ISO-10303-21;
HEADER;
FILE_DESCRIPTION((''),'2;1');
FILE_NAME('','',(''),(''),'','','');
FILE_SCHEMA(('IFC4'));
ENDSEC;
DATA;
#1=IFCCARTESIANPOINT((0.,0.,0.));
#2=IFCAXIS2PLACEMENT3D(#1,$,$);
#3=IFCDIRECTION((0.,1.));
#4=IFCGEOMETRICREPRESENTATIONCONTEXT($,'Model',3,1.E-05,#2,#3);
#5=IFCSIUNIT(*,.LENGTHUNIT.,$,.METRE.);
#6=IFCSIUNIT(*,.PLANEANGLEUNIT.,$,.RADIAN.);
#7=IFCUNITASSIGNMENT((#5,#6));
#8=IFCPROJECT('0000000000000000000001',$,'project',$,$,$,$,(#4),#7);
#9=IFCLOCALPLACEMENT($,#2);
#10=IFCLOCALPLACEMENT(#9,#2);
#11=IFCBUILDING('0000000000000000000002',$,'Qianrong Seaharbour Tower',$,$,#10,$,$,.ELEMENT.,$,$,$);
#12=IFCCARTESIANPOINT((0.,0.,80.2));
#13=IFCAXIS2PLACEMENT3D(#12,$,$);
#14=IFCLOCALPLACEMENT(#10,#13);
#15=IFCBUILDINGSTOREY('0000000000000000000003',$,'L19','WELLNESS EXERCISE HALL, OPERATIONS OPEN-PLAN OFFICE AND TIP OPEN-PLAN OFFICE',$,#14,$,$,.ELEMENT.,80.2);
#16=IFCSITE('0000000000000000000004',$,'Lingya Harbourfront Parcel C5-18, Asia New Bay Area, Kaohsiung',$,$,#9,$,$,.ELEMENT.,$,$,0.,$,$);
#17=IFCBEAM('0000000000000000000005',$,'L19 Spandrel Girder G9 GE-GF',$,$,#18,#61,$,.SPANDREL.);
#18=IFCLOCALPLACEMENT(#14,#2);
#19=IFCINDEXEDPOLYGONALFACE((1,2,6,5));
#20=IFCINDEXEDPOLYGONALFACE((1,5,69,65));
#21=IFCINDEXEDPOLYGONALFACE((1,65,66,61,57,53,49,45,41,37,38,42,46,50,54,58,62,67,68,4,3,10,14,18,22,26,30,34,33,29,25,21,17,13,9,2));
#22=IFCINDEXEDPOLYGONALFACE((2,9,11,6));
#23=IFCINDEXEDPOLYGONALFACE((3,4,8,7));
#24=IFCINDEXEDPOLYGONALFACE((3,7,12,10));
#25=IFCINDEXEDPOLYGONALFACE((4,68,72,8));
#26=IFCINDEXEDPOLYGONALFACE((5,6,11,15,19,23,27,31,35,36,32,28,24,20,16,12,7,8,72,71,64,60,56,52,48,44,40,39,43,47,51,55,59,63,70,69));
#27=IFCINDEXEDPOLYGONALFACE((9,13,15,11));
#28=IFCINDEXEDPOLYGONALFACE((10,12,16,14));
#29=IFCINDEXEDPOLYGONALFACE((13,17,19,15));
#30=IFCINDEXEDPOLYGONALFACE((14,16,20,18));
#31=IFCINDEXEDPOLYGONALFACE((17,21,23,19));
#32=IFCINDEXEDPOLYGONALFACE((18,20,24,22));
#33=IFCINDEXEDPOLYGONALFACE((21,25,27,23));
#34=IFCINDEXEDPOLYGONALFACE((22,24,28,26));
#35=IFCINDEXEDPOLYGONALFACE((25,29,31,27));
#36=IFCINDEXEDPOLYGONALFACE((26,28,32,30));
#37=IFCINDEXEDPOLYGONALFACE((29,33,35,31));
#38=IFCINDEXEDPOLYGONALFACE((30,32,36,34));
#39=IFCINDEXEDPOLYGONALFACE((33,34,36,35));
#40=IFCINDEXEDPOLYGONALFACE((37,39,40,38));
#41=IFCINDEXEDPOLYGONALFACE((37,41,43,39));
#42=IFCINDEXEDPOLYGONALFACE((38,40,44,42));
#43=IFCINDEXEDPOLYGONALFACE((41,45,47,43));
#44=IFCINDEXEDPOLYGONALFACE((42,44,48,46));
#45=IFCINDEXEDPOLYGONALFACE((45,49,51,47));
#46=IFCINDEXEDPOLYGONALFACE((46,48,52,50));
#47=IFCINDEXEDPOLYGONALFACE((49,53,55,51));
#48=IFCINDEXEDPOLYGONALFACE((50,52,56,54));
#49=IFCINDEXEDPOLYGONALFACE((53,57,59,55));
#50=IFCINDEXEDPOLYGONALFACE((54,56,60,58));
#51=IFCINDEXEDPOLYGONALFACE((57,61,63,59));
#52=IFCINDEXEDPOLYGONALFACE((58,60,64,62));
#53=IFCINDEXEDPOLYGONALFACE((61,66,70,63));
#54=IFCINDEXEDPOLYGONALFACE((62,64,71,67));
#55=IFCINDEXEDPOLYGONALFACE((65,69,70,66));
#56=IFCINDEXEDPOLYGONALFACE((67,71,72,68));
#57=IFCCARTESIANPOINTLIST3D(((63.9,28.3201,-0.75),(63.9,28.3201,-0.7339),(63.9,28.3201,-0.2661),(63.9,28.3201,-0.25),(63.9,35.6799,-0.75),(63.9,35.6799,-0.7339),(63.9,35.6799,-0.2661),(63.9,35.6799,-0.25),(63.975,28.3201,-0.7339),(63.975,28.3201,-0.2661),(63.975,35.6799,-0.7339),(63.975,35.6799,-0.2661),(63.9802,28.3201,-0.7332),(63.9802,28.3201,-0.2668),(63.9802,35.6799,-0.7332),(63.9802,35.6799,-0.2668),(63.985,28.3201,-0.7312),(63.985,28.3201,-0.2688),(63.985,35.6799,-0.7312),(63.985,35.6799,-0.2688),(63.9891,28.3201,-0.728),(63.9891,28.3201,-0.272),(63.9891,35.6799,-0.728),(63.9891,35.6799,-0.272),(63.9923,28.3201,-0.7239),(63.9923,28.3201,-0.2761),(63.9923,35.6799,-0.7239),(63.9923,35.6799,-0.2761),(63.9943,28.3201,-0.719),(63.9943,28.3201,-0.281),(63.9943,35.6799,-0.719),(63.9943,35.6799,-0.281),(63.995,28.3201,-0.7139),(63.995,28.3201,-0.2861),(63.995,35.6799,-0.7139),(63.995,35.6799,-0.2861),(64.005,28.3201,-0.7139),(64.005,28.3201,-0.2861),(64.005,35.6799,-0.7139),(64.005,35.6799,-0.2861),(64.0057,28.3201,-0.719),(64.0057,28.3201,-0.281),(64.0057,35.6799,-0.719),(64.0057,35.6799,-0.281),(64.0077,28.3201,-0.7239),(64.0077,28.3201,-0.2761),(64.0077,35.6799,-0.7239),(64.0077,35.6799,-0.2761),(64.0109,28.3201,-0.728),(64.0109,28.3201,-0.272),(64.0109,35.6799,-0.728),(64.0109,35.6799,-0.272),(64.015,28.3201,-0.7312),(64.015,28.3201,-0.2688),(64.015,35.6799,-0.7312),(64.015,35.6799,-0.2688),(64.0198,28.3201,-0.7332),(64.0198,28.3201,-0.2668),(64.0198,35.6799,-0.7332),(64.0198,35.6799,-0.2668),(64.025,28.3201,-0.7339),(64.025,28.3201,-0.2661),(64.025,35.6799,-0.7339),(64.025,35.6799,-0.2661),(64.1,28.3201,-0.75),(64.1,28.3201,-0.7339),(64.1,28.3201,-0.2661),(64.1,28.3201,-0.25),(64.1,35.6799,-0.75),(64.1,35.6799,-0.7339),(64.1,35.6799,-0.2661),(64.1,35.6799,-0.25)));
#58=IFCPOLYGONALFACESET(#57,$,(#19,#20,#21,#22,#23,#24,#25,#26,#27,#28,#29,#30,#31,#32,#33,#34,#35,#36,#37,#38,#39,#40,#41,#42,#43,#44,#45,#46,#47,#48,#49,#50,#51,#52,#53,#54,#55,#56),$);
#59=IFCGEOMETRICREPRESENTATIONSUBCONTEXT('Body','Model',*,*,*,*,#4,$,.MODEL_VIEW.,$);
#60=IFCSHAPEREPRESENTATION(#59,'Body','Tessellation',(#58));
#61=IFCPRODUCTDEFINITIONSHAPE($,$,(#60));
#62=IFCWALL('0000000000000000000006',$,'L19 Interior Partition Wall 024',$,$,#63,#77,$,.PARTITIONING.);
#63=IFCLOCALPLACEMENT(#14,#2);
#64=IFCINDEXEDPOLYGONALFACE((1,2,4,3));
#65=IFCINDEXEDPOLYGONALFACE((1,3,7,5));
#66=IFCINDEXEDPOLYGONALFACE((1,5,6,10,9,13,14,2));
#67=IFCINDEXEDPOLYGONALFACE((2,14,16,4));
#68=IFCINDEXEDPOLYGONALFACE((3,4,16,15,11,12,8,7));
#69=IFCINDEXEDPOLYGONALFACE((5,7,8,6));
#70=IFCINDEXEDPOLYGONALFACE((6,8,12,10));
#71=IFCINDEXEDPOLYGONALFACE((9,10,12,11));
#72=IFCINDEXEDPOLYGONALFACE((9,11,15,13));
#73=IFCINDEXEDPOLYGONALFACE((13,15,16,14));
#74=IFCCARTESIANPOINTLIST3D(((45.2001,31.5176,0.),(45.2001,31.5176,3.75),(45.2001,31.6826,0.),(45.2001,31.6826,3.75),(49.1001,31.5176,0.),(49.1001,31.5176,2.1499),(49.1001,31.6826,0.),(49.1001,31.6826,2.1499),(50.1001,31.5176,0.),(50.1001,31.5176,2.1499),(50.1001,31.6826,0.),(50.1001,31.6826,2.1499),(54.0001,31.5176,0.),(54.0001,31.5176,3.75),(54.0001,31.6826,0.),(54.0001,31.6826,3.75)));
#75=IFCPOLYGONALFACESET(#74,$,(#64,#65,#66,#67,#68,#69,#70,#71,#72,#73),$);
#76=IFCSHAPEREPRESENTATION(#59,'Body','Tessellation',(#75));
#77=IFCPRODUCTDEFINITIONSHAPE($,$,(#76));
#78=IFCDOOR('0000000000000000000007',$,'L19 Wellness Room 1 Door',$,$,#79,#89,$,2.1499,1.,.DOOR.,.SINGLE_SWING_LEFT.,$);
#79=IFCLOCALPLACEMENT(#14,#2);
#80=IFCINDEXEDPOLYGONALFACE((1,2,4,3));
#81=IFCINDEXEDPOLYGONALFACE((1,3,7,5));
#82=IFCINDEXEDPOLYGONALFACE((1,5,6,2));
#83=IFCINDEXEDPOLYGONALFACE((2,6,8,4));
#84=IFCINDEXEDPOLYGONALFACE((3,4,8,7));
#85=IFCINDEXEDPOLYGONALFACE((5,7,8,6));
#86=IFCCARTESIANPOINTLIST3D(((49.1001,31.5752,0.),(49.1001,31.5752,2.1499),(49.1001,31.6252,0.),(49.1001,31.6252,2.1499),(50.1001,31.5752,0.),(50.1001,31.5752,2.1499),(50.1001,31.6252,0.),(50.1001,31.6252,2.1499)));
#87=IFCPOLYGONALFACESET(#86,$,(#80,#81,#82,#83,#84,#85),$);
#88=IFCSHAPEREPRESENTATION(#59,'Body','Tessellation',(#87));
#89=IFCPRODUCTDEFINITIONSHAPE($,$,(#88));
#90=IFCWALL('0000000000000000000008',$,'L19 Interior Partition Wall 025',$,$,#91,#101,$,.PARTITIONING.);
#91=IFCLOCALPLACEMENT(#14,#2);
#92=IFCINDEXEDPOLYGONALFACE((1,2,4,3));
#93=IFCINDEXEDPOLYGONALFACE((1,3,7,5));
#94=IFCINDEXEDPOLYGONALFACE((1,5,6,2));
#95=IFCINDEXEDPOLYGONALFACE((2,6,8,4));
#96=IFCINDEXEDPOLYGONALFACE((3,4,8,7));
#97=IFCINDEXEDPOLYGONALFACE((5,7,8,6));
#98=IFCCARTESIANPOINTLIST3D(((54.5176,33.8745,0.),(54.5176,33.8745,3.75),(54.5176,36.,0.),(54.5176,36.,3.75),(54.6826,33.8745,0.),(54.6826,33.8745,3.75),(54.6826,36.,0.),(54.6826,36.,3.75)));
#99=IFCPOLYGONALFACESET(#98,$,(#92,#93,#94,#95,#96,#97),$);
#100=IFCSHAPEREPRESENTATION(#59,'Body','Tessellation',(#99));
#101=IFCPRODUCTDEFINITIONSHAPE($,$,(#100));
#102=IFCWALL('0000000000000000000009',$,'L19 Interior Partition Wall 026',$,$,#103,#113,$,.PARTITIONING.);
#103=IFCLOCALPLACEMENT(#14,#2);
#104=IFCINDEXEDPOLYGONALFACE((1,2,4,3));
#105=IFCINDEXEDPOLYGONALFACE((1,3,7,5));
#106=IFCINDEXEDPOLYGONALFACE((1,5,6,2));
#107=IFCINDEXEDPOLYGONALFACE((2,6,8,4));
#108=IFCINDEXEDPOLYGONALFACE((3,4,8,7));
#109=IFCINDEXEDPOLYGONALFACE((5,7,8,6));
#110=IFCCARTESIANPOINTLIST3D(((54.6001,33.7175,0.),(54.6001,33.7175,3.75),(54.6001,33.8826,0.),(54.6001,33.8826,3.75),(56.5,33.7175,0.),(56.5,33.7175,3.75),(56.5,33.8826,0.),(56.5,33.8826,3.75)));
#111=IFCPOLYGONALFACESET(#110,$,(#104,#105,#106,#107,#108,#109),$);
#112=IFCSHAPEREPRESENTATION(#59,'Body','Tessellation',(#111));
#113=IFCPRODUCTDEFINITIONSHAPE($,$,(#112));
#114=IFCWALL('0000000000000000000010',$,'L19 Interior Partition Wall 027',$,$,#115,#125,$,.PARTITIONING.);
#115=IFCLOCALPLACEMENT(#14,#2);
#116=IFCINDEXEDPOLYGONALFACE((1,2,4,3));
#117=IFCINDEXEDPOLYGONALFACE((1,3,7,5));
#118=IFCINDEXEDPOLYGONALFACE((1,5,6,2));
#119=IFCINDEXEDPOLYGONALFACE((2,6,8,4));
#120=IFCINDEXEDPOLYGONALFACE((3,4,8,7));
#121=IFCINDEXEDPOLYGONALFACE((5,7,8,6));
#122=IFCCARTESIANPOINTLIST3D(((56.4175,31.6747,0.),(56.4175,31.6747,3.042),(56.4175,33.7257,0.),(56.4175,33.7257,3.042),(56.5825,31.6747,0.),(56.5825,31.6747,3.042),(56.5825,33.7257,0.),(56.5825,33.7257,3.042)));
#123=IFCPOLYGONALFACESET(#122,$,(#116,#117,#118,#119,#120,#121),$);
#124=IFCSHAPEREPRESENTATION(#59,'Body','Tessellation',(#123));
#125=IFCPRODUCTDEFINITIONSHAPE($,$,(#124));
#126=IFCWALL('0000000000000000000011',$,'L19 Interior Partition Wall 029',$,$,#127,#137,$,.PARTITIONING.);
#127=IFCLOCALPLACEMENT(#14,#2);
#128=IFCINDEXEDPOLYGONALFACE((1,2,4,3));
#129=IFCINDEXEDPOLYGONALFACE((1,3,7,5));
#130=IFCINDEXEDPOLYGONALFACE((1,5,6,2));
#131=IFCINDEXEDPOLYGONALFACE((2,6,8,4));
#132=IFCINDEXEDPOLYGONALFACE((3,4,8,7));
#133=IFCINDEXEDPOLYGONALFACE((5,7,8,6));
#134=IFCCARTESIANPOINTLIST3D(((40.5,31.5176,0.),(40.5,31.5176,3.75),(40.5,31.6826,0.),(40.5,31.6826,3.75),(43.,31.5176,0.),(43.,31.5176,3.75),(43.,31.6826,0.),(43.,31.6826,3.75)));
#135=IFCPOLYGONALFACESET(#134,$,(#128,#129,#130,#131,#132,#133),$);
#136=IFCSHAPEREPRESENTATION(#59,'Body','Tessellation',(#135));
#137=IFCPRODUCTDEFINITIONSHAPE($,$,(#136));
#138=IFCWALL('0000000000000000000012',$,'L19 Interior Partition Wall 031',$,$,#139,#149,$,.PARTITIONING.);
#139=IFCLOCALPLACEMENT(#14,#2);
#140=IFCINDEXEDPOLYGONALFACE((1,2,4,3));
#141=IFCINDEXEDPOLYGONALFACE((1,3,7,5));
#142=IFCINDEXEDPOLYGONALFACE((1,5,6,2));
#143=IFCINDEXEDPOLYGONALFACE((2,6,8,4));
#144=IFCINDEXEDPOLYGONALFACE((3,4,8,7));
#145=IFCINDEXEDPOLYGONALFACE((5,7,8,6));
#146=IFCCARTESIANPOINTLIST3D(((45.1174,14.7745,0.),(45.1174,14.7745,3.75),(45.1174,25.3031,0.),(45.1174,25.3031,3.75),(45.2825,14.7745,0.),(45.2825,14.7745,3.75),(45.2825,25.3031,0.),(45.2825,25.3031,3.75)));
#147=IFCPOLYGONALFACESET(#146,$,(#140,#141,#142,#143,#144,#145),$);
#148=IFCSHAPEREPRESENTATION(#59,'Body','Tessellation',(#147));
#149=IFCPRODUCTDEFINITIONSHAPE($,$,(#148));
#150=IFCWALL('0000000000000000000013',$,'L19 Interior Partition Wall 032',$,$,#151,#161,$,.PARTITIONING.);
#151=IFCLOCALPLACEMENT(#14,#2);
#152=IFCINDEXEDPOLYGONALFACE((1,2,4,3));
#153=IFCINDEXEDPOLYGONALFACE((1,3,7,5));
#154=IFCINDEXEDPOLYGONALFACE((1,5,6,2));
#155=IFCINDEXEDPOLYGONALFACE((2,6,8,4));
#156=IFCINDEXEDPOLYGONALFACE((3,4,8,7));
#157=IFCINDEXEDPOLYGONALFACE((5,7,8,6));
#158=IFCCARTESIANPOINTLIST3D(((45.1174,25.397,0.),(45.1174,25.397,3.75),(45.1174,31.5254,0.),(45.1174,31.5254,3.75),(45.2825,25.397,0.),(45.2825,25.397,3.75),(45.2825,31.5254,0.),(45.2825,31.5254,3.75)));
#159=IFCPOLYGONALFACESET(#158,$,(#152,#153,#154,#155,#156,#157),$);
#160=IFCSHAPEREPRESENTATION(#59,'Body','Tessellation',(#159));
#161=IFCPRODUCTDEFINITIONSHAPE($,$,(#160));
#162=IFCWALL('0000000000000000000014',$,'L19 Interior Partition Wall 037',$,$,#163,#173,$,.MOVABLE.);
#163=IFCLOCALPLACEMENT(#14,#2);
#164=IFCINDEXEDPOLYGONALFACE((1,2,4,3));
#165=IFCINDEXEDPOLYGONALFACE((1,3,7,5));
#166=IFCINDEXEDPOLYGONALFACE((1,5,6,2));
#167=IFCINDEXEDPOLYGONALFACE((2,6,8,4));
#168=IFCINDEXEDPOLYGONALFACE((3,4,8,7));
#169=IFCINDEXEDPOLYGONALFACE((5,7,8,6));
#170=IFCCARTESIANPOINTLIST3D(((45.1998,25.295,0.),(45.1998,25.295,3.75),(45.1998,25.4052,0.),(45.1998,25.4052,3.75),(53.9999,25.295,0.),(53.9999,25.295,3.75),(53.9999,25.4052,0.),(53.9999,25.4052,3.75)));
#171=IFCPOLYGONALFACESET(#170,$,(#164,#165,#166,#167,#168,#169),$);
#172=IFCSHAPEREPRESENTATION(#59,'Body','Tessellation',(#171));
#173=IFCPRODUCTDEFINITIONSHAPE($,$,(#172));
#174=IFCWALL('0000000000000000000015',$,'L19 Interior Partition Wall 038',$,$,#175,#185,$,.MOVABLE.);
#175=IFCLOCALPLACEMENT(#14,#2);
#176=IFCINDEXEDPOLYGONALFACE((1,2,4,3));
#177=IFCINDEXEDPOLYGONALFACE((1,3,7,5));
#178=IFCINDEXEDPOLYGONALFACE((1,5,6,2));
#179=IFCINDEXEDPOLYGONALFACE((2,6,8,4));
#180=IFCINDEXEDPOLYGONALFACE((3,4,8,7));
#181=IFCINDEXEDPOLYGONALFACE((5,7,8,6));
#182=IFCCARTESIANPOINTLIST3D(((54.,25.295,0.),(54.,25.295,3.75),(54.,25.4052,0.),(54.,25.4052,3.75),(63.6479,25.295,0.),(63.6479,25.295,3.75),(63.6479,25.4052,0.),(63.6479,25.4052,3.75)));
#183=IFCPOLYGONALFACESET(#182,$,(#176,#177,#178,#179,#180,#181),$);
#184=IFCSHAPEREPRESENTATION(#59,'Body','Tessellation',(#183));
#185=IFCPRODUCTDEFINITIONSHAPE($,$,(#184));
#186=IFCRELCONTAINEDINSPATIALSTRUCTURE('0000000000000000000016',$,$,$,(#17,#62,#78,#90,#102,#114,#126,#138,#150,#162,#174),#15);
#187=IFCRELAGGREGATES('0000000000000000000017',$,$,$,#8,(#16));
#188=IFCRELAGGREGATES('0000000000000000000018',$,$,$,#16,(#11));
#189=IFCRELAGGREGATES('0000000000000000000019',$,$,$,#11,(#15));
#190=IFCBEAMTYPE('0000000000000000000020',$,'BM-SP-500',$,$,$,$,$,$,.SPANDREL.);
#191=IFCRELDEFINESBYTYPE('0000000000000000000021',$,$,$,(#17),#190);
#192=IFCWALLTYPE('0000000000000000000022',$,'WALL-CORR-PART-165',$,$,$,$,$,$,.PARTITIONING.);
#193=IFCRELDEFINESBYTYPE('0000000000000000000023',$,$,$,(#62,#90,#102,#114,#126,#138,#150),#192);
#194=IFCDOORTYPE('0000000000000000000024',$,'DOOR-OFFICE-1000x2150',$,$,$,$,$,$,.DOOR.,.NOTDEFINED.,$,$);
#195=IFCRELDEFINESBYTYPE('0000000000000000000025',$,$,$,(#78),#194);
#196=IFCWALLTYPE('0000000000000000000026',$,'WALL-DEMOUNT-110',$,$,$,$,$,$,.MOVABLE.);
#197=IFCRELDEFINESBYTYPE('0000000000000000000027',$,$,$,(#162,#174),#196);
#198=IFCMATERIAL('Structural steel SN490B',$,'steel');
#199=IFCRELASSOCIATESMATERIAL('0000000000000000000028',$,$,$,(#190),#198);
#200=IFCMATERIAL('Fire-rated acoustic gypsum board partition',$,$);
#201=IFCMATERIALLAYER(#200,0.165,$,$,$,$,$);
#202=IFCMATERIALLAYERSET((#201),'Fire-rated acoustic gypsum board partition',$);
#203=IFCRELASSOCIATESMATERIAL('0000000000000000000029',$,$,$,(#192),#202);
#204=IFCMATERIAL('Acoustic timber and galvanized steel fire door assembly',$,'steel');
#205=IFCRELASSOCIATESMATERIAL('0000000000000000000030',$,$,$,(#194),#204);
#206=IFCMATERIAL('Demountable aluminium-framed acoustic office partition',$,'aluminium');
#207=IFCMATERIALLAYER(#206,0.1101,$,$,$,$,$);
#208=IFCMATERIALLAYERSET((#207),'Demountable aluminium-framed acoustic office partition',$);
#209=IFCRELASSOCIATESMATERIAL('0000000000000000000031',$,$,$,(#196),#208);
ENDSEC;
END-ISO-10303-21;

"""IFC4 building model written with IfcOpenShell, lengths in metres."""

from ifc_helpers import new_model, si_unit, direction, frame, frame_2d, origin, origin_2d, place, context, subcontext, project, spatial, rectangle, i_section, extrude, material, layer, layer_set, material_profile, profile_set, type_object, element, fill, save


model = new_model("IFC4")

# Units and contexts
model_context = context("Model", 3, precision=1e-05, world=origin(), true_north=direction((0.0, 1.0)))
body_context = subcontext(model_context, "Body", "Model", "MODEL_VIEW")
ifc_project = project(units=[si_unit("LENGTHUNIT", "METRE"), si_unit("PLANEANGLEUNIT", "RADIAN")], contexts=[model_context])

# Site, building, storey
site_placement = place(None, origin())
site = spatial("IfcSite", under=ifc_project, at=site_placement, Name="Lingya Harbourfront Parcel C5-18, Asia New Bay Area, Kaohsiung", CompositionType="ELEMENT", RefElevation=0.0)
building_placement = place(site_placement, origin())
building = spatial("IfcBuilding", under=site, at=building_placement, Name="Qianrong Seaharbour Tower", CompositionType="ELEMENT")
storey_placement = place(building_placement, frame((0.0, 0.0, 80.2)))
storey = spatial("IfcBuildingStorey", under=building, at=storey_placement, Name="L19", Description="WELLNESS EXERCISE HALL, OPERATIONS OPEN-PLAN OFFICE AND TIP OPEN-PLAN OFFICE", CompositionType="ELEMENT", Elevation=80.2)

# Shared definitions
ifc_material_1 = material(Name="Structural steel SN490B", Category="steel")

# Beam
ifc_material_profile_1 = material_profile(ifc_material_1, i_section(OverallWidth=0.2, OverallDepth=0.5, WebThickness=0.01, FlangeThickness=0.0161, FilletRadius=0.02, at=origin_2d()), Name="H500x200x10x16")
ifc_profile_set_1 = profile_set([ifc_material_profile_1], Name="Structural steel SN490B")
beam_type_1 = type_object("IfcBeamType", Name="BM-SP-500", PredefinedType="SPANDREL", material=ifc_profile_set_1)
beam_1_placement = place(storey_placement, frame((64.0, 28.3201, -0.5), z_axis=(0.0, 1.0, 0.0), x_axis=(-1.0, 0.0, 0.0)))
element("IfcBeam", 1, at=beam_1_placement, inside=storey, type_object=beam_type_1, Name="L19 Spandrel Girder G9 GE-GF", PredefinedType="SPANDREL", context=body_context, shape_type="SweptSolid", body=[
    extrude(i_section(OverallWidth=0.2, OverallDepth=0.5, WebThickness=0.01, FlangeThickness=0.0161, FilletRadius=0.02, at=origin_2d()), origin(), (0.0, 0.0, 1.0), 7.3599),
])

# Wall, opening, door
ifc_material_2 = material(Name="Fire-rated acoustic gypsum board partition")
ifc_layer_1 = layer(ifc_material_2, 0.165)
ifc_layer_set_1 = layer_set([ifc_layer_1], Name="Fire-rated acoustic gypsum board partition")
wall_type_1 = type_object("IfcWallType", Name="WALL-CORR-PART-165", PredefinedType="PARTITIONING", material=ifc_layer_set_1)
wall_1_placement = place(storey_placement, frame((54.0, 31.6001, 0.0), z_axis=(0.0, 0.0, 1.0), x_axis=(-1.0, 0.0, 0.0)))
wall_1 = element("IfcWall", 2, at=wall_1_placement, inside=storey, type_object=wall_type_1, Name="L19 Interior Partition Wall 024", PredefinedType="PARTITIONING", context=body_context, shape_type="SweptSolid", body=[
    extrude(rectangle(XDim=8.8, YDim=0.165, at=frame_2d((4.3999, 0.0))), origin(), (0.0, 0.0, 1.0), 3.75),
])
opening_1_placement = place(wall_1_placement, frame((3.8999, 0.0, 0.0)))
opening_1 = element("IfcOpeningElement", 3, at=opening_1_placement, cuts=wall_1, PredefinedType="OPENING", context=body_context, shape_type="SweptSolid", body=[
    extrude(rectangle(XDim=1.0, YDim=2.1499, at=frame_2d((0.5, 1.075))), frame((0.0, 0.0925, 0.0), z_axis=(0.0, -1.0, 0.0), x_axis=(1.0, 0.0, 0.0)), (0.0, 0.0, 1.0), 0.1851),
])
ifc_material_3 = material(Name="Acoustic timber and galvanized steel fire door assembly", Category="steel")
door_type = type_object("IfcDoorType", Name="DOOR-OFFICE-1000x2150", OperationType="NOTDEFINED", PredefinedType="DOOR", material=ifc_material_3)
door_1_placement = place(opening_1_placement, origin())
door_1 = element("IfcDoor", 4, at=door_1_placement, inside=storey, type_object=door_type, Name="L19 Wellness Room 1 Door", OperationType="SINGLE_SWING_LEFT", OverallHeight=2.1499, OverallWidth=1.0, PredefinedType="DOOR", context=body_context, shape_type="SweptSolid", body=[
    extrude(rectangle(XDim=1.0, YDim=2.1499, at=frame_2d((0.5, 1.075))), frame((0.0, 0.0249, 0.0), z_axis=(0.0, -1.0, 0.0), x_axis=(1.0, 0.0, 0.0)), (0.0, 0.0, 1.0), 0.05),
])
fill(opening_1, door_1)

# Walls
wall_2_placement = place(storey_placement, frame((54.6001, 36.0, 0.0), z_axis=(0.0, 0.0, 1.0), x_axis=(0.0, -1.0, 0.0)))
element("IfcWall", 5, at=wall_2_placement, inside=storey, type_object=wall_type_1, Name="L19 Interior Partition Wall 025", PredefinedType="PARTITIONING", context=body_context, shape_type="SweptSolid", body=[
    extrude(rectangle(XDim=2.1255, YDim=0.165, at=frame_2d((1.0627, 0.0))), origin(), (0.0, 0.0, 1.0), 3.75),
])
wall_3_placement = place(storey_placement, frame((54.6001, 33.8, 0.0), z_axis=(0.0, 0.0, 1.0), x_axis=(1.0, 0.0, 0.0)))
element("IfcWall", 6, at=wall_3_placement, inside=storey, type_object=wall_type_1, Name="L19 Interior Partition Wall 026", PredefinedType="PARTITIONING", context=body_context, shape_type="SweptSolid", body=[
    extrude(rectangle(XDim=1.8999, YDim=0.165, at=frame_2d((0.95, 0.0))), origin(), (0.0, 0.0, 1.0), 3.75),
])
wall_4_placement = place(storey_placement, frame((56.5, 33.7256, 0.0), z_axis=(0.0, 0.0, 1.0), x_axis=(0.0, -1.0, 0.0)))
element("IfcWall", 7, at=wall_4_placement, inside=storey, type_object=wall_type_1, Name="L19 Interior Partition Wall 027", PredefinedType="PARTITIONING", context=body_context, shape_type="SweptSolid", body=[
    extrude(rectangle(XDim=2.051, YDim=0.165, at=frame_2d((1.0254, 0.0))), origin(), (0.0, 0.0, 1.0), 3.042),
])

# Walls
wall_5_placement = place(storey_placement, frame((43.0, 31.6001, 0.0), z_axis=(0.0, 0.0, 1.0), x_axis=(-1.0, 0.0, 0.0)))
element("IfcWall", 8, at=wall_5_placement, inside=storey, type_object=wall_type_1, Name="L19 Interior Partition Wall 029", PredefinedType="PARTITIONING", context=body_context, shape_type="SweptSolid", body=[
    extrude(rectangle(XDim=2.5, YDim=0.165, at=frame_2d((1.25, 0.0))), origin(), (0.0, 0.0, 1.0), 3.75),
])
wall_6_placement = place(storey_placement, frame((45.2, 25.303, 0.0), z_axis=(0.0, 0.0, 1.0), x_axis=(0.0, -1.0, 0.0)))
element("IfcWall", 9, at=wall_6_placement, inside=storey, type_object=wall_type_1, Name="L19 Interior Partition Wall 031", PredefinedType="PARTITIONING", context=body_context, shape_type="SweptSolid", body=[
    extrude(rectangle(XDim=10.5286, YDim=0.165, at=frame_2d((5.2642, 0.0))), origin(), (0.0, 0.0, 1.0), 3.75),
])
wall_7_placement = place(storey_placement, frame((45.2, 31.5254, 0.0), z_axis=(0.0, 0.0, 1.0), x_axis=(0.0, -1.0, 0.0)))
element("IfcWall", 10, at=wall_7_placement, inside=storey, type_object=wall_type_1, Name="L19 Interior Partition Wall 032", PredefinedType="PARTITIONING", context=body_context, shape_type="SweptSolid", body=[
    extrude(rectangle(XDim=6.1284, YDim=0.165, at=frame_2d((3.0642, 0.0))), origin(), (0.0, 0.0, 1.0), 3.75),
])
ifc_material_4 = material(Name="Demountable aluminium-framed acoustic office partition", Category="aluminium")
ifc_layer_2 = layer(ifc_material_4, 0.1101)
ifc_layer_set_2 = layer_set([ifc_layer_2], Name="Demountable aluminium-framed acoustic office partition")
wall_type_2 = type_object("IfcWallType", Name="WALL-DEMOUNT-110", PredefinedType="MOVABLE", material=ifc_layer_set_2)
wall_8_placement = place(storey_placement, frame((45.2, 25.3501, 0.0), z_axis=(0.0, 0.0, 1.0), x_axis=(1.0, 0.0, 0.0)))
element("IfcWall", 11, at=wall_8_placement, inside=storey, type_object=wall_type_2, Name="L19 Interior Partition Wall 037", PredefinedType="MOVABLE", context=body_context, shape_type="SweptSolid", body=[
    extrude(rectangle(XDim=8.8, YDim=0.1101, at=frame_2d((4.3999, 0.0))), origin(), (0.0, 0.0, 1.0), 3.75),
])
wall_9_placement = place(storey_placement, frame((54.0, 25.3501, 0.0), z_axis=(0.0, 0.0, 1.0), x_axis=(1.0, 0.0, 0.0)))
element("IfcWall", 12, at=wall_9_placement, inside=storey, type_object=wall_type_2, Name="L19 Interior Partition Wall 038", PredefinedType="MOVABLE", context=body_context, shape_type="SweptSolid", body=[
    extrude(rectangle(XDim=9.6479, YDim=0.1101, at=frame_2d((4.824, 0.0))), origin(), (0.0, 0.0, 1.0), 3.75),
])

save(model, "model.ifc")
